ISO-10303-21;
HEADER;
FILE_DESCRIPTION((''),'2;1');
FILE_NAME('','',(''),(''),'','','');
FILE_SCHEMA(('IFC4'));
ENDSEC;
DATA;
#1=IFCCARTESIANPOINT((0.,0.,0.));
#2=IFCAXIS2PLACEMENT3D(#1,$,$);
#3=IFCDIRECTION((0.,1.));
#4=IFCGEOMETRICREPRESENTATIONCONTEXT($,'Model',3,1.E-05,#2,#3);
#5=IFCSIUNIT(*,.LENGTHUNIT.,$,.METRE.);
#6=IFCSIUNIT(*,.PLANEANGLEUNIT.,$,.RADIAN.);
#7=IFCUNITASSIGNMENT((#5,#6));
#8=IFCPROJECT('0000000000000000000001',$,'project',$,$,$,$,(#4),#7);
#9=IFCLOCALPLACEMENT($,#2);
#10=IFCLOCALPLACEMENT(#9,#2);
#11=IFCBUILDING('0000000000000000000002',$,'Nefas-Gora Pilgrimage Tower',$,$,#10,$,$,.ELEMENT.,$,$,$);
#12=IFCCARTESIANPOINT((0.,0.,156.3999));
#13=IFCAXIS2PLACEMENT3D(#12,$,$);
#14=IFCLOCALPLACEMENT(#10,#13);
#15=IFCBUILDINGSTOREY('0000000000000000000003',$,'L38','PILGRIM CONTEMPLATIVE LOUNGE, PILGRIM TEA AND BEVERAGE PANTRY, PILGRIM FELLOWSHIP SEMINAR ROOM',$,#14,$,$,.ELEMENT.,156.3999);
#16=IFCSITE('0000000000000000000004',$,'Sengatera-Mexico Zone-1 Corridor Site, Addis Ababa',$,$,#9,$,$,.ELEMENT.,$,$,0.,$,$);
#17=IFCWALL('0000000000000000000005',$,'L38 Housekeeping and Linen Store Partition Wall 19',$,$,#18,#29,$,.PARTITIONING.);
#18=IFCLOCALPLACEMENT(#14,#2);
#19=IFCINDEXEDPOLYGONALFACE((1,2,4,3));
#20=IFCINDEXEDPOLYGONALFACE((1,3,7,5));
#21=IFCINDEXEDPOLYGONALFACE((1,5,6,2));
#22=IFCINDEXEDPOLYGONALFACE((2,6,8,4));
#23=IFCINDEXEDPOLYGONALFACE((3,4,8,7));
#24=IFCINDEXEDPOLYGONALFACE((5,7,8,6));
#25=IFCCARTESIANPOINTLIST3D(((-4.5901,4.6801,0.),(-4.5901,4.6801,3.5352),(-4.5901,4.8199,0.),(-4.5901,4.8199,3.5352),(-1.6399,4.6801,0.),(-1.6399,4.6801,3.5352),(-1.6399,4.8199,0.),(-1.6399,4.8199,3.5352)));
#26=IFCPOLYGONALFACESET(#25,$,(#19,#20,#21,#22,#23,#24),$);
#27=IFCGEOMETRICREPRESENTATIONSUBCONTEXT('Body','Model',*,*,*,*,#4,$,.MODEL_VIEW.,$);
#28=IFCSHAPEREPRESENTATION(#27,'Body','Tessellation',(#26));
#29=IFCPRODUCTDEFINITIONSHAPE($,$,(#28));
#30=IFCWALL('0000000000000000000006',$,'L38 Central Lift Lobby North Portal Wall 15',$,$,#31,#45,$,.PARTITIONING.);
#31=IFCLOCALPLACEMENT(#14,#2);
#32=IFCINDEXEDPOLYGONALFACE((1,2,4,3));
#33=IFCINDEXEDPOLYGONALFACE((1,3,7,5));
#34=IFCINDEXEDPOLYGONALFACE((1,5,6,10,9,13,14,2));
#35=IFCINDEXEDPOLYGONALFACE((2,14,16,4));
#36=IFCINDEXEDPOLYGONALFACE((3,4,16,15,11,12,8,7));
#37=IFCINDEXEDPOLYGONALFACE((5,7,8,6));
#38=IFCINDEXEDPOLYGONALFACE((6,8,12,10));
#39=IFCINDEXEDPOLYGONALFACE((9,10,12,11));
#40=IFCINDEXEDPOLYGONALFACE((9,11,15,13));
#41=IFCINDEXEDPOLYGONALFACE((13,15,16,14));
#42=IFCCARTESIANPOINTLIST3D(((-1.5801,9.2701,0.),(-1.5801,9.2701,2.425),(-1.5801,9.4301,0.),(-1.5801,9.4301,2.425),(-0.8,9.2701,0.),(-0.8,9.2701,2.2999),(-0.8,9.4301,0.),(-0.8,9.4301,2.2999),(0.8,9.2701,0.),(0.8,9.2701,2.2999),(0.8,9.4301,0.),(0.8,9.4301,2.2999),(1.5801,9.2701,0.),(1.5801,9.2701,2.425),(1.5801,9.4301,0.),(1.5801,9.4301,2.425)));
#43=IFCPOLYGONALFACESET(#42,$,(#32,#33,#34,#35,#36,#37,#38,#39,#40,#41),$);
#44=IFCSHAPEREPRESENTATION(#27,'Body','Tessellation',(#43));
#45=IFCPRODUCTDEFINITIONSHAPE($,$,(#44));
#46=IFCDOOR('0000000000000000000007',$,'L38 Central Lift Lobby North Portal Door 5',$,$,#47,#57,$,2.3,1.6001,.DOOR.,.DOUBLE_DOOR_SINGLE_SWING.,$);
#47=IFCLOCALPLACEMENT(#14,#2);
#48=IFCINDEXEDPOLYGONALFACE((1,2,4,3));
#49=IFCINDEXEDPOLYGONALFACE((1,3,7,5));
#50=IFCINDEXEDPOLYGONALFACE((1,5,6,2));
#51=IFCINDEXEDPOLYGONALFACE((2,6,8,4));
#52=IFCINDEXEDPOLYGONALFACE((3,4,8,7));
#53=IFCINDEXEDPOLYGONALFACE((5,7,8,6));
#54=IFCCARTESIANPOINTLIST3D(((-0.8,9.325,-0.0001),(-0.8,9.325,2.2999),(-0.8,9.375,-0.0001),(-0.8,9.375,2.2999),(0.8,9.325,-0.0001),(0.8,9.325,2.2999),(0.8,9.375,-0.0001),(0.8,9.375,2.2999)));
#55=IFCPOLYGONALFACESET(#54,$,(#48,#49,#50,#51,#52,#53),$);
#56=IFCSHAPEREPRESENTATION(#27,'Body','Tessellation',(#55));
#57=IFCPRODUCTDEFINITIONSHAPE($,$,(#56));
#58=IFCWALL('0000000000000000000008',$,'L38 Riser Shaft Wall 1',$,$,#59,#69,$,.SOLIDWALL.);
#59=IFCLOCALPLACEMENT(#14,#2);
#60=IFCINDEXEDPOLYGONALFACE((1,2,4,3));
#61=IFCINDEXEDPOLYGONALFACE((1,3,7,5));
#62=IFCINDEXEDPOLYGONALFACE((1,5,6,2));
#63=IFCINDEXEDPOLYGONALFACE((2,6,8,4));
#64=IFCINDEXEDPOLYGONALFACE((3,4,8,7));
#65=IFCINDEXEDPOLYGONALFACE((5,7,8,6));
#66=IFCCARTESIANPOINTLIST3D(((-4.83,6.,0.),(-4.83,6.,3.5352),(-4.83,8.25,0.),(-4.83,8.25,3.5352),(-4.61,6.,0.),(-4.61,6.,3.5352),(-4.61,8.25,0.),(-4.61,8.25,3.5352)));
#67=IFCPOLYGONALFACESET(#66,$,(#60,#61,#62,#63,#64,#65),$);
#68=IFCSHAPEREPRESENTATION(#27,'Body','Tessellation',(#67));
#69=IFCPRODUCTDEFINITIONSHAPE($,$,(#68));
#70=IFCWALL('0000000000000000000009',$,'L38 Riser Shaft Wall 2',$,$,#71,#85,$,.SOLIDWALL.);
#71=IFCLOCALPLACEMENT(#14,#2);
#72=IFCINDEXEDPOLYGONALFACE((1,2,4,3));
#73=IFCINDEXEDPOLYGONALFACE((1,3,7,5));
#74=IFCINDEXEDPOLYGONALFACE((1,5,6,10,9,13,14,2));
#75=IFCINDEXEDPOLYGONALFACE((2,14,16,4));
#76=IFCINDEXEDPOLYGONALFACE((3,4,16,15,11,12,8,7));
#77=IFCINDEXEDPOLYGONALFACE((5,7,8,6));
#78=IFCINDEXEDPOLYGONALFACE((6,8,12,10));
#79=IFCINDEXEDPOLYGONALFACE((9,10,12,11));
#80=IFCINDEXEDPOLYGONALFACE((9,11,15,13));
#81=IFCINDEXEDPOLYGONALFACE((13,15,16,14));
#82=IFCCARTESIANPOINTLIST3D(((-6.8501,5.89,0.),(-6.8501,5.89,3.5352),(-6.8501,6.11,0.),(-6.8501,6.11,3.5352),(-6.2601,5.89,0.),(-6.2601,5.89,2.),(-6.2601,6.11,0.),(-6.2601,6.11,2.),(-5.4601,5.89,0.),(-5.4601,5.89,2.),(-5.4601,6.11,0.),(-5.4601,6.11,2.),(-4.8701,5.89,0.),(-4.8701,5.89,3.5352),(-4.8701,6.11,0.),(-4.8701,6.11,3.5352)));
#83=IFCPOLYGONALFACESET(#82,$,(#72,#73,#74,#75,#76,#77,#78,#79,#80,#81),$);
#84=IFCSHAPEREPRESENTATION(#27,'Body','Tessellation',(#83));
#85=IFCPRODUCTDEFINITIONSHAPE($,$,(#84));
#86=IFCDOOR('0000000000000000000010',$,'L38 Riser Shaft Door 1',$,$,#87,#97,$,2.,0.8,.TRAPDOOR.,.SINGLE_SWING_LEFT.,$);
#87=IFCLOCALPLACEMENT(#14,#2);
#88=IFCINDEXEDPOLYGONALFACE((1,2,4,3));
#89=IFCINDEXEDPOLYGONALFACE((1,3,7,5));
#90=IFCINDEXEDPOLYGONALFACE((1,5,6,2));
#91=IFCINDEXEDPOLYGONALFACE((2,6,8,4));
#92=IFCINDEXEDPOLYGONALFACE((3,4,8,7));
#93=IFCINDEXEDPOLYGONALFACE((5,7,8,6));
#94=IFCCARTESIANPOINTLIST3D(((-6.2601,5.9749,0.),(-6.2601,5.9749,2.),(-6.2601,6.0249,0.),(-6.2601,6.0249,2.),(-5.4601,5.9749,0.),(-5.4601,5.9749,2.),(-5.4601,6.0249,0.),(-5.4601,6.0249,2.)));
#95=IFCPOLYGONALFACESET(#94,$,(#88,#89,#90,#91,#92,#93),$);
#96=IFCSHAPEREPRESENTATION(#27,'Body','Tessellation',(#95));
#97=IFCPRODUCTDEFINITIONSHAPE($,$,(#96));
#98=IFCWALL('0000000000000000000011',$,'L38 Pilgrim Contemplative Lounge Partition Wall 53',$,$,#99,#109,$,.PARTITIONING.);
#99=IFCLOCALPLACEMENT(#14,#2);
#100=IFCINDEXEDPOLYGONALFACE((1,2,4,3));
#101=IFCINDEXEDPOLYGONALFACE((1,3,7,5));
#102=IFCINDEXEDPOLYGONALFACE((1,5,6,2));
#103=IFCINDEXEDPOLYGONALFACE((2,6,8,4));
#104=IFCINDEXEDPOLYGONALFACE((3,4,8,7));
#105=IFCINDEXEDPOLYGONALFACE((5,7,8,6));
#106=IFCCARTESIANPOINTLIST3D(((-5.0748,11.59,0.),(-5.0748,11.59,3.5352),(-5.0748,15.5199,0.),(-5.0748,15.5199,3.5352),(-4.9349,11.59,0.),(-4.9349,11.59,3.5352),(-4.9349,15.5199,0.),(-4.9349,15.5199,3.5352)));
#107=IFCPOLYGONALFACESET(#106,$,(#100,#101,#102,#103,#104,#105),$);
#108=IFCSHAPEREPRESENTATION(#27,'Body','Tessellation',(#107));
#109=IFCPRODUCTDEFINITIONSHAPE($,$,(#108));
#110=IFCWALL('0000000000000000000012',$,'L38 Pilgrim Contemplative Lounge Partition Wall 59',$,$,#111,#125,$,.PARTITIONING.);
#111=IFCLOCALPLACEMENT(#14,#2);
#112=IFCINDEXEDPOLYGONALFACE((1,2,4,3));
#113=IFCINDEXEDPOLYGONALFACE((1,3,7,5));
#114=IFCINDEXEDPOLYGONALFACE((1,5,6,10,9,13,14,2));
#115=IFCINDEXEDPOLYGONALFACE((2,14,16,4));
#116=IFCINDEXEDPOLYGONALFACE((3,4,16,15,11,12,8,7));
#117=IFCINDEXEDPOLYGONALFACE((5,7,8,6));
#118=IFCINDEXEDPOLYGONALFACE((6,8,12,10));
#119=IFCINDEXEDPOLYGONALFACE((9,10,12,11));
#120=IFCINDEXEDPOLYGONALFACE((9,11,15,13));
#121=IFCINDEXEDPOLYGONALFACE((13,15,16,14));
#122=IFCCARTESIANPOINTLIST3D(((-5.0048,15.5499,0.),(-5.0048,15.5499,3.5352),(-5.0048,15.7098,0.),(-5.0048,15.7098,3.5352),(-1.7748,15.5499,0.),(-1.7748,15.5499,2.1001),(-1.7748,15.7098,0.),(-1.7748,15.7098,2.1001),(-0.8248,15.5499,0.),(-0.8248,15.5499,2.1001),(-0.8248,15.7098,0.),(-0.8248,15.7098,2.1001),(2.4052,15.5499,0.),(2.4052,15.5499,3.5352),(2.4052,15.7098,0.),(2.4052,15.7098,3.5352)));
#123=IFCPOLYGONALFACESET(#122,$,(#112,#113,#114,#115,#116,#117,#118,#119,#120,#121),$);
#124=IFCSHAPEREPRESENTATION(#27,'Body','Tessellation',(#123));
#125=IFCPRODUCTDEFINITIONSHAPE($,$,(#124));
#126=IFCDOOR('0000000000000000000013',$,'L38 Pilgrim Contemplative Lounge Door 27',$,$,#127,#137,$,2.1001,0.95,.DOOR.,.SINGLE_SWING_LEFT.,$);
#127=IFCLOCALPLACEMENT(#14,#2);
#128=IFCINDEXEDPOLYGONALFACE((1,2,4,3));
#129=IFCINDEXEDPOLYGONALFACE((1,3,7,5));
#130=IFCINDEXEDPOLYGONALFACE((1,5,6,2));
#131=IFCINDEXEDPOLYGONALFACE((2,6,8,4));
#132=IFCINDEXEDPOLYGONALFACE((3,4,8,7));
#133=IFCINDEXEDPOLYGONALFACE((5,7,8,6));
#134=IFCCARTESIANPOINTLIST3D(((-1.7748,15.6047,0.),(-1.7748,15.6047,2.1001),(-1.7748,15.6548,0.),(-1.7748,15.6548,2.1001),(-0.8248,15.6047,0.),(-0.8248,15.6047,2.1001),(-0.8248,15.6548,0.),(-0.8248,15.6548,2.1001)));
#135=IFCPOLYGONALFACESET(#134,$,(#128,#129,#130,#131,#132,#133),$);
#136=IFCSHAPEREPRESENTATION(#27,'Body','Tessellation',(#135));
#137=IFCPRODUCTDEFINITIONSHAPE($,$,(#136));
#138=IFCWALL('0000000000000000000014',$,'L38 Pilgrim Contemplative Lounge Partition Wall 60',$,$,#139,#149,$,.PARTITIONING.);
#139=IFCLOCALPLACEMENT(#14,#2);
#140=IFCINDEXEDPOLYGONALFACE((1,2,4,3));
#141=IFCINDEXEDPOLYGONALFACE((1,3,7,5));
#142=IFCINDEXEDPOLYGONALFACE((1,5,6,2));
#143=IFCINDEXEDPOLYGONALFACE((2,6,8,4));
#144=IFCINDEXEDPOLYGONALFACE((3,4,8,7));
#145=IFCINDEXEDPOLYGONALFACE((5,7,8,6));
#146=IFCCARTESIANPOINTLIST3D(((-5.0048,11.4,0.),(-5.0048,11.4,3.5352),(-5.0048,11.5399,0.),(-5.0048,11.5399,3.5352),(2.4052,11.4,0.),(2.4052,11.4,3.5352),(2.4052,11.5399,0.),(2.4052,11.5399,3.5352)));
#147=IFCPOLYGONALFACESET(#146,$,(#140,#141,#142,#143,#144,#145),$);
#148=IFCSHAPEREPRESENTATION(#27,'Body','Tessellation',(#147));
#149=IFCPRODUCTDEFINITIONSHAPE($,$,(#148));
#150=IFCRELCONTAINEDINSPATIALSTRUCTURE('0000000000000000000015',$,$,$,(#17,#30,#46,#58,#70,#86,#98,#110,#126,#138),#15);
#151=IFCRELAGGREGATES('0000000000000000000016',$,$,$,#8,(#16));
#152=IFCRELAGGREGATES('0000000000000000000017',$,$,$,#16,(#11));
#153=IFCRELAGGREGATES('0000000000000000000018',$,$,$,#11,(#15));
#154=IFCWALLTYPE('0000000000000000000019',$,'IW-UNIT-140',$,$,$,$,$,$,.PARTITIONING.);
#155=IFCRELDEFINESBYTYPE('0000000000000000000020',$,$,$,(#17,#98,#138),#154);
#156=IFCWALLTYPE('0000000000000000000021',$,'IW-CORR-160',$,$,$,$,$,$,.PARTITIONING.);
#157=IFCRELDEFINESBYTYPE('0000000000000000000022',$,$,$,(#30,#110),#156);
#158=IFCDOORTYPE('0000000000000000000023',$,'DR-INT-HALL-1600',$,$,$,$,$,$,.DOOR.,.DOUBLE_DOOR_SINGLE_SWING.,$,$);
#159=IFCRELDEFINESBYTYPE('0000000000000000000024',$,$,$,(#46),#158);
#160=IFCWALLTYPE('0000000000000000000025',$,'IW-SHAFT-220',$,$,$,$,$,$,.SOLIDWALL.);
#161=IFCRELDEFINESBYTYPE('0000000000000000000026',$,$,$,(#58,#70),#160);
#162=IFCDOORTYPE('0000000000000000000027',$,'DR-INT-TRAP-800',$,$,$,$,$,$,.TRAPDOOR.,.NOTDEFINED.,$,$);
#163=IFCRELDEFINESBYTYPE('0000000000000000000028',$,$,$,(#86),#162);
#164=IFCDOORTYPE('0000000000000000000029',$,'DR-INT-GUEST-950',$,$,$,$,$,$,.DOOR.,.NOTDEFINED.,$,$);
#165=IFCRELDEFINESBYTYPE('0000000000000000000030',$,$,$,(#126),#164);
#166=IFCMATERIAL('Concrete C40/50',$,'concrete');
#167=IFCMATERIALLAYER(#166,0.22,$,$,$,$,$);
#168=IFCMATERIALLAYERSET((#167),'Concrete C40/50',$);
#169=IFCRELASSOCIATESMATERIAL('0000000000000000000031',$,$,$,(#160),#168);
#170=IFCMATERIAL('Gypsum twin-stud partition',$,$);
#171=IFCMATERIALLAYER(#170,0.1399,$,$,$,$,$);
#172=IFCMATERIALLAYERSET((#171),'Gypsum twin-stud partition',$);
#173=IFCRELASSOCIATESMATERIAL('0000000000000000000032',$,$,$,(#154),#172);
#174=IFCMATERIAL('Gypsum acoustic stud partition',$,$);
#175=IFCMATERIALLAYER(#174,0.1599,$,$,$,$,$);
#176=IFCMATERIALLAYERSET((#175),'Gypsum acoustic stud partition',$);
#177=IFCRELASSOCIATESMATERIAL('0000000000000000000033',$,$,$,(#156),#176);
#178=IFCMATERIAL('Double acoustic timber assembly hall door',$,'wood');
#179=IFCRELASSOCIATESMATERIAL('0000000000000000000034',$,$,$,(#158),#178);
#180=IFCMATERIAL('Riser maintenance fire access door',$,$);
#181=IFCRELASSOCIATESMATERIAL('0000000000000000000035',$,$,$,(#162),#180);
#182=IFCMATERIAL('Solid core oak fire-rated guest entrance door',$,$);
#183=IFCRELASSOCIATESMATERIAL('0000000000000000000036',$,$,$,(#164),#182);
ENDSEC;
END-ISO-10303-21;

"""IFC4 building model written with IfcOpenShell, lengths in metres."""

from ifc_helpers import new_model, si_unit, direction, frame, frame_2d, origin, place, context, subcontext, project, spatial, rectangle, extrude, source, transform, mapped, material, layer, layer_set, type_object, element, fill, save


model = new_model("IFC4")

# Units and contexts
model_context = context("Model", 3, precision=1e-05, world=origin(), true_north=direction((0.0, 1.0)))
body_context = subcontext(model_context, "Body", "Model", "MODEL_VIEW")
ifc_project = project(units=[si_unit("LENGTHUNIT", "METRE"), si_unit("PLANEANGLEUNIT", "RADIAN")], contexts=[model_context])

# Site, building, storey
site_placement = place(None, origin())
site = spatial("IfcSite", under=ifc_project, at=site_placement, Name="Sengatera-Mexico Zone-1 Corridor Site, Addis Ababa", CompositionType="ELEMENT", RefElevation=0.0)
building_placement = place(site_placement, origin())
building = spatial("IfcBuilding", under=site, at=building_placement, Name="Nefas-Gora Pilgrimage Tower", CompositionType="ELEMENT")
storey_placement = place(building_placement, frame((0.0, 0.0, 156.3999)))
storey = spatial("IfcBuildingStorey", under=building, at=storey_placement, Name="L38", Description="PILGRIM CONTEMPLATIVE LOUNGE, PILGRIM TEA AND BEVERAGE PANTRY, PILGRIM FELLOWSHIP SEMINAR ROOM", CompositionType="ELEMENT", Elevation=156.3999)

# Shared definitions
ifc_material_1 = material(Name="Concrete C40/50", Category="concrete")
ifc_layer_1 = layer(ifc_material_1, 0.22)
ifc_layer_set_1 = layer_set([ifc_layer_1], Name="Concrete C40/50")
wall_type_1 = type_object("IfcWallType", Name="IW-SHAFT-220", PredefinedType="SOLIDWALL", material=ifc_layer_set_1)

# Wall
ifc_material_2 = material(Name="Gypsum twin-stud partition")
ifc_layer_2 = layer(ifc_material_2, 0.1399)
ifc_layer_set_2 = layer_set([ifc_layer_2], Name="Gypsum twin-stud partition")
wall_type_2 = type_object("IfcWallType", Name="IW-UNIT-140", PredefinedType="PARTITIONING", material=ifc_layer_set_2)
shared_shape_1 = source(origin(), body_context, "Body", "SweptSolid", [
    extrude(rectangle(XDim=2.9502, YDim=0.1399, at=frame_2d((1.4751, 0.0))), origin(), (0.0, 0.0, 1.0), 3.5352),
])
wall_1_placement = place(storey_placement, frame((-4.5901, 4.75, 0.0), z_axis=(0.0, 0.0, 1.0), x_axis=(1.0, 0.0, 0.0)))
element("IfcWall", 1, at=wall_1_placement, inside=storey, type_object=wall_type_2, Name="L38 Housekeeping and Linen Store Partition Wall 19", PredefinedType="PARTITIONING", context=body_context, shape_type="MappedRepresentation", body=[
    mapped(shared_shape_1, transform((0.0, 0.0, 0.0), x_axis=(1.0, 0.0, 0.0), y_axis=(0.0, 1.0, 0.0), z_axis=(0.0, 0.0, 1.0), scale=1.0)),
])

# Wall, opening, door
ifc_material_3 = material(Name="Gypsum acoustic stud partition")
ifc_layer_3 = layer(ifc_material_3, 0.1599)
ifc_layer_set_3 = layer_set([ifc_layer_3], Name="Gypsum acoustic stud partition")
wall_type_3 = type_object("IfcWallType", Name="IW-CORR-160", PredefinedType="PARTITIONING", material=ifc_layer_set_3)
shared_shape_2 = source(origin(), body_context, "Body", "SweptSolid", [
    extrude(rectangle(XDim=3.1602, YDim=0.1599, at=frame_2d((1.5801, 0.0))), origin(), (0.0, 0.0, 1.0), 2.425),
])
wall_2_placement = place(storey_placement, frame((-1.5801, 9.3501, 0.0), z_axis=(0.0, 0.0, 1.0), x_axis=(1.0, 0.0, 0.0)))
wall_2 = element("IfcWall", 2, at=wall_2_placement, inside=storey, type_object=wall_type_3, Name="L38 Central Lift Lobby North Portal Wall 15", PredefinedType="PARTITIONING", context=body_context, shape_type="MappedRepresentation", body=[
    mapped(shared_shape_2, transform((0.0, 0.0, 0.0), x_axis=(1.0, 0.0, 0.0), y_axis=(0.0, 1.0, 0.0), z_axis=(0.0, 0.0, 1.0), scale=1.0)),
])
opening_1_placement = place(wall_2_placement, frame((0.78, 0.0, 0.0)))
opening_1 = element("IfcOpeningElement", 3, at=opening_1_placement, cuts=wall_2, PredefinedType="OPENING", context=body_context, shape_type="SweptSolid", body=[
    extrude(rectangle(XDim=1.6001, YDim=2.3, at=frame_2d((0.8, 1.1499))), frame((0.0, 0.0898, 0.0), z_axis=(0.0, -1.0, 0.0), x_axis=(1.0, 0.0, 0.0)), (0.0, 0.0, 1.0), 0.1799),
])
ifc_material_4 = material(Name="Double acoustic timber assembly hall door", Category="wood")
door_type_1 = type_object("IfcDoorType", Name="DR-INT-HALL-1600", OperationType="DOUBLE_DOOR_SINGLE_SWING", PredefinedType="DOOR", material=ifc_material_4)
shared_shape_3 = source(origin(), body_context, "Body", "SweptSolid", [
    extrude(rectangle(XDim=1.6001, YDim=2.3, at=frame_2d((0.8, 1.1499))), frame((0.0, 0.0249, 0.0), z_axis=(0.0, -1.0, 0.0), x_axis=(1.0, 0.0, 0.0)), (0.0, 0.0, 1.0), 0.05),
])
door_1_placement = place(opening_1_placement, origin())
door_1 = element("IfcDoor", 4, at=door_1_placement, inside=storey, type_object=door_type_1, Name="L38 Central Lift Lobby North Portal Door 5", OperationType="DOUBLE_DOOR_SINGLE_SWING", OverallHeight=2.3, OverallWidth=1.6001, PredefinedType="DOOR", context=body_context, shape_type="MappedRepresentation", body=[
    mapped(shared_shape_3, transform((0.0, 0.0, 0.0), x_axis=(1.0, 0.0, 0.0), y_axis=(0.0, 1.0, 0.0), z_axis=(0.0, 0.0, 1.0), scale=1.0)),
])
fill(opening_1, door_1)

# Wall
shared_shape_4 = source(origin(), body_context, "Body", "SweptSolid", [
    extrude(rectangle(XDim=2.25, YDim=0.22, at=frame_2d((1.125, 0.0))), origin(), (0.0, 0.0, 1.0), 3.5352),
])
wall_3_placement = place(storey_placement, frame((-4.72, 6.0, 0.0), z_axis=(0.0, 0.0, 1.0), x_axis=(0.0, 1.0, 0.0)))
element("IfcWall", 5, at=wall_3_placement, inside=storey, type_object=wall_type_1, Name="L38 Riser Shaft Wall 1", PredefinedType="SOLIDWALL", context=body_context, shape_type="MappedRepresentation", body=[
    mapped(shared_shape_4, transform((0.0, 0.0, 0.0), x_axis=(1.0, 0.0, 0.0), y_axis=(0.0, 1.0, 0.0), z_axis=(0.0, 0.0, 1.0), scale=1.0)),
])

# Wall, opening, door
shared_shape_5 = source(origin(), body_context, "Body", "SweptSolid", [
    extrude(rectangle(XDim=1.98, YDim=0.22, at=frame_2d((0.99, 0.0))), origin(), (0.0, 0.0, 1.0), 3.5352),
])
wall_4_placement = place(storey_placement, frame((-6.8501, 6.0, 0.0), z_axis=(0.0, 0.0, 1.0), x_axis=(1.0, 0.0, 0.0)))
wall_4 = element("IfcWall", 6, at=wall_4_placement, inside=storey, type_object=wall_type_1, Name="L38 Riser Shaft Wall 2", PredefinedType="SOLIDWALL", context=body_context, shape_type="MappedRepresentation", body=[
    mapped(shared_shape_5, transform((0.0, 0.0, 0.0), x_axis=(1.0, 0.0, 0.0), y_axis=(0.0, 1.0, 0.0), z_axis=(0.0, 0.0, 1.0), scale=1.0)),
])
opening_2_placement = place(wall_4_placement, frame((0.5901, 0.0, 0.0)))
opening_2 = element("IfcOpeningElement", 7, at=opening_2_placement, cuts=wall_4, PredefinedType="OPENING", context=body_context, shape_type="SweptSolid", body=[
    extrude(rectangle(XDim=0.8, YDim=2.0, at=frame_2d((0.3999, 1.0))), frame((0.0, 0.1199, 0.0), z_axis=(0.0, -1.0, 0.0), x_axis=(1.0, 0.0, 0.0)), (0.0, 0.0, 1.0), 0.24),
])
ifc_material_5 = material(Name="Riser maintenance fire access door")
door_type_2 = type_object("IfcDoorType", Name="DR-INT-TRAP-800", OperationType="NOTDEFINED", PredefinedType="TRAPDOOR", material=ifc_material_5)
shared_shape_6 = source(origin(), body_context, "Body", "SweptSolid", [
    extrude(rectangle(XDim=0.8, YDim=2.0, at=frame_2d((0.3999, 1.0))), frame((0.0, 0.0249, 0.0), z_axis=(0.0, -1.0, 0.0), x_axis=(1.0, 0.0, 0.0)), (0.0, 0.0, 1.0), 0.05),
])
door_2_placement = place(opening_2_placement, origin())
door_2 = element("IfcDoor", 8, at=door_2_placement, inside=storey, type_object=door_type_2, Name="L38 Riser Shaft Door 1", OperationType="SINGLE_SWING_LEFT", OverallHeight=2.0, OverallWidth=0.8, PredefinedType="TRAPDOOR", context=body_context, shape_type="MappedRepresentation", body=[
    mapped(shared_shape_6, transform((0.0, 0.0, 0.0), x_axis=(1.0, 0.0, 0.0), y_axis=(0.0, 1.0, 0.0), z_axis=(0.0, 0.0, 1.0), scale=1.0)),
])
fill(opening_2, door_2)

# Wall
shared_shape_7 = source(origin(), body_context, "Body", "SweptSolid", [
    extrude(rectangle(XDim=3.9299, YDim=0.1399, at=frame_2d((1.9648, 0.0))), origin(), (0.0, 0.0, 1.0), 3.5352),
])
wall_5_placement = place(storey_placement, frame((-5.0049, 11.5901, 0.0), z_axis=(0.0, 0.0, 1.0), x_axis=(0.0, 1.0, 0.0)))
element("IfcWall", 9, at=wall_5_placement, inside=storey, type_object=wall_type_2, Name="L38 Pilgrim Contemplative Lounge Partition Wall 53", PredefinedType="PARTITIONING", context=body_context, shape_type="MappedRepresentation", body=[
    mapped(shared_shape_7, transform((0.0, 0.0, 0.0), x_axis=(1.0, 0.0, 0.0), y_axis=(0.0, 1.0, 0.0), z_axis=(0.0, 0.0, 1.0), scale=1.0)),
])

# Wall, opening, door
shared_shape_8 = source(origin(), body_context, "Body", "SweptSolid", [
    extrude(rectangle(XDim=7.4099, YDim=0.1599, at=frame_2d((3.7051, 0.0))), origin(), (0.0, 0.0, 1.0), 3.5352),
])
wall_6_placement = place(storey_placement, frame((-5.0049, 15.6299, 0.0), z_axis=(0.0, 0.0, 1.0), x_axis=(1.0, 0.0, 0.0)))
wall_6 = element("IfcWall", 10, at=wall_6_placement, inside=storey, type_object=wall_type_3, Name="L38 Pilgrim Contemplative Lounge Partition Wall 59", PredefinedType="PARTITIONING", context=body_context, shape_type="MappedRepresentation", body=[
    mapped(shared_shape_8, transform((0.0, 0.0, 0.0), x_axis=(1.0, 0.0, 0.0), y_axis=(0.0, 1.0, 0.0), z_axis=(0.0, 0.0, 1.0), scale=1.0)),
])
opening_3_placement = place(wall_6_placement, frame((3.23, 0.0, 0.0)))
opening_3 = element("IfcOpeningElement", 11, at=opening_3_placement, cuts=wall_6, PredefinedType="OPENING", context=body_context, shape_type="SweptSolid", body=[
    extrude(rectangle(XDim=0.95, YDim=2.1001, at=frame_2d((0.4751, 1.05))), frame((0.0, 0.0898, 0.0), z_axis=(0.0, -1.0, 0.0), x_axis=(1.0, 0.0, 0.0)), (0.0, 0.0, 1.0), 0.1799),
])
ifc_material_6 = material(Name="Solid core oak fire-rated guest entrance door")
door_type_3 = type_object("IfcDoorType", Name="DR-INT-GUEST-950", OperationType="NOTDEFINED", PredefinedType="DOOR", material=ifc_material_6)
shared_shape_9 = source(origin(), body_context, "Body", "SweptSolid", [
    extrude(rectangle(XDim=0.95, YDim=2.1001, at=frame_2d((0.4751, 1.05))), frame((0.0, 0.0249, 0.0), z_axis=(0.0, -1.0, 0.0), x_axis=(1.0, 0.0, 0.0)), (0.0, 0.0, 1.0), 0.05),
])
door_3_placement = place(opening_3_placement, origin())
door_3 = element("IfcDoor", 12, at=door_3_placement, inside=storey, type_object=door_type_3, Name="L38 Pilgrim Contemplative Lounge Door 27", OperationType="SINGLE_SWING_LEFT", OverallHeight=2.1001, OverallWidth=0.95, PredefinedType="DOOR", context=body_context, shape_type="MappedRepresentation", body=[
    mapped(shared_shape_9, transform((0.0, 0.0, 0.0), x_axis=(1.0, 0.0, 0.0), y_axis=(0.0, 1.0, 0.0), z_axis=(0.0, 0.0, 1.0), scale=1.0)),
])
fill(opening_3, door_3)

# Wall
shared_shape_10 = source(origin(), body_context, "Body", "SweptSolid", [
    extrude(rectangle(XDim=7.4099, YDim=0.1399, at=frame_2d((3.7051, 0.0))), origin(), (0.0, 0.0, 1.0), 3.5352),
])
wall_7_placement = place(storey_placement, frame((-5.0049, 11.47, 0.0), z_axis=(0.0, 0.0, 1.0), x_axis=(1.0, 0.0, 0.0)))
element("IfcWall", 13, at=wall_7_placement, inside=storey, type_object=wall_type_2, Name="L38 Pilgrim Contemplative Lounge Partition Wall 60", PredefinedType="PARTITIONING", context=body_context, shape_type="MappedRepresentation", body=[
    mapped(shared_shape_10, transform((0.0, 0.0, 0.0), x_axis=(1.0, 0.0, 0.0), y_axis=(0.0, 1.0, 0.0), z_axis=(0.0, 0.0, 1.0), scale=1.0)),
])

save(model, "model.ifc")
